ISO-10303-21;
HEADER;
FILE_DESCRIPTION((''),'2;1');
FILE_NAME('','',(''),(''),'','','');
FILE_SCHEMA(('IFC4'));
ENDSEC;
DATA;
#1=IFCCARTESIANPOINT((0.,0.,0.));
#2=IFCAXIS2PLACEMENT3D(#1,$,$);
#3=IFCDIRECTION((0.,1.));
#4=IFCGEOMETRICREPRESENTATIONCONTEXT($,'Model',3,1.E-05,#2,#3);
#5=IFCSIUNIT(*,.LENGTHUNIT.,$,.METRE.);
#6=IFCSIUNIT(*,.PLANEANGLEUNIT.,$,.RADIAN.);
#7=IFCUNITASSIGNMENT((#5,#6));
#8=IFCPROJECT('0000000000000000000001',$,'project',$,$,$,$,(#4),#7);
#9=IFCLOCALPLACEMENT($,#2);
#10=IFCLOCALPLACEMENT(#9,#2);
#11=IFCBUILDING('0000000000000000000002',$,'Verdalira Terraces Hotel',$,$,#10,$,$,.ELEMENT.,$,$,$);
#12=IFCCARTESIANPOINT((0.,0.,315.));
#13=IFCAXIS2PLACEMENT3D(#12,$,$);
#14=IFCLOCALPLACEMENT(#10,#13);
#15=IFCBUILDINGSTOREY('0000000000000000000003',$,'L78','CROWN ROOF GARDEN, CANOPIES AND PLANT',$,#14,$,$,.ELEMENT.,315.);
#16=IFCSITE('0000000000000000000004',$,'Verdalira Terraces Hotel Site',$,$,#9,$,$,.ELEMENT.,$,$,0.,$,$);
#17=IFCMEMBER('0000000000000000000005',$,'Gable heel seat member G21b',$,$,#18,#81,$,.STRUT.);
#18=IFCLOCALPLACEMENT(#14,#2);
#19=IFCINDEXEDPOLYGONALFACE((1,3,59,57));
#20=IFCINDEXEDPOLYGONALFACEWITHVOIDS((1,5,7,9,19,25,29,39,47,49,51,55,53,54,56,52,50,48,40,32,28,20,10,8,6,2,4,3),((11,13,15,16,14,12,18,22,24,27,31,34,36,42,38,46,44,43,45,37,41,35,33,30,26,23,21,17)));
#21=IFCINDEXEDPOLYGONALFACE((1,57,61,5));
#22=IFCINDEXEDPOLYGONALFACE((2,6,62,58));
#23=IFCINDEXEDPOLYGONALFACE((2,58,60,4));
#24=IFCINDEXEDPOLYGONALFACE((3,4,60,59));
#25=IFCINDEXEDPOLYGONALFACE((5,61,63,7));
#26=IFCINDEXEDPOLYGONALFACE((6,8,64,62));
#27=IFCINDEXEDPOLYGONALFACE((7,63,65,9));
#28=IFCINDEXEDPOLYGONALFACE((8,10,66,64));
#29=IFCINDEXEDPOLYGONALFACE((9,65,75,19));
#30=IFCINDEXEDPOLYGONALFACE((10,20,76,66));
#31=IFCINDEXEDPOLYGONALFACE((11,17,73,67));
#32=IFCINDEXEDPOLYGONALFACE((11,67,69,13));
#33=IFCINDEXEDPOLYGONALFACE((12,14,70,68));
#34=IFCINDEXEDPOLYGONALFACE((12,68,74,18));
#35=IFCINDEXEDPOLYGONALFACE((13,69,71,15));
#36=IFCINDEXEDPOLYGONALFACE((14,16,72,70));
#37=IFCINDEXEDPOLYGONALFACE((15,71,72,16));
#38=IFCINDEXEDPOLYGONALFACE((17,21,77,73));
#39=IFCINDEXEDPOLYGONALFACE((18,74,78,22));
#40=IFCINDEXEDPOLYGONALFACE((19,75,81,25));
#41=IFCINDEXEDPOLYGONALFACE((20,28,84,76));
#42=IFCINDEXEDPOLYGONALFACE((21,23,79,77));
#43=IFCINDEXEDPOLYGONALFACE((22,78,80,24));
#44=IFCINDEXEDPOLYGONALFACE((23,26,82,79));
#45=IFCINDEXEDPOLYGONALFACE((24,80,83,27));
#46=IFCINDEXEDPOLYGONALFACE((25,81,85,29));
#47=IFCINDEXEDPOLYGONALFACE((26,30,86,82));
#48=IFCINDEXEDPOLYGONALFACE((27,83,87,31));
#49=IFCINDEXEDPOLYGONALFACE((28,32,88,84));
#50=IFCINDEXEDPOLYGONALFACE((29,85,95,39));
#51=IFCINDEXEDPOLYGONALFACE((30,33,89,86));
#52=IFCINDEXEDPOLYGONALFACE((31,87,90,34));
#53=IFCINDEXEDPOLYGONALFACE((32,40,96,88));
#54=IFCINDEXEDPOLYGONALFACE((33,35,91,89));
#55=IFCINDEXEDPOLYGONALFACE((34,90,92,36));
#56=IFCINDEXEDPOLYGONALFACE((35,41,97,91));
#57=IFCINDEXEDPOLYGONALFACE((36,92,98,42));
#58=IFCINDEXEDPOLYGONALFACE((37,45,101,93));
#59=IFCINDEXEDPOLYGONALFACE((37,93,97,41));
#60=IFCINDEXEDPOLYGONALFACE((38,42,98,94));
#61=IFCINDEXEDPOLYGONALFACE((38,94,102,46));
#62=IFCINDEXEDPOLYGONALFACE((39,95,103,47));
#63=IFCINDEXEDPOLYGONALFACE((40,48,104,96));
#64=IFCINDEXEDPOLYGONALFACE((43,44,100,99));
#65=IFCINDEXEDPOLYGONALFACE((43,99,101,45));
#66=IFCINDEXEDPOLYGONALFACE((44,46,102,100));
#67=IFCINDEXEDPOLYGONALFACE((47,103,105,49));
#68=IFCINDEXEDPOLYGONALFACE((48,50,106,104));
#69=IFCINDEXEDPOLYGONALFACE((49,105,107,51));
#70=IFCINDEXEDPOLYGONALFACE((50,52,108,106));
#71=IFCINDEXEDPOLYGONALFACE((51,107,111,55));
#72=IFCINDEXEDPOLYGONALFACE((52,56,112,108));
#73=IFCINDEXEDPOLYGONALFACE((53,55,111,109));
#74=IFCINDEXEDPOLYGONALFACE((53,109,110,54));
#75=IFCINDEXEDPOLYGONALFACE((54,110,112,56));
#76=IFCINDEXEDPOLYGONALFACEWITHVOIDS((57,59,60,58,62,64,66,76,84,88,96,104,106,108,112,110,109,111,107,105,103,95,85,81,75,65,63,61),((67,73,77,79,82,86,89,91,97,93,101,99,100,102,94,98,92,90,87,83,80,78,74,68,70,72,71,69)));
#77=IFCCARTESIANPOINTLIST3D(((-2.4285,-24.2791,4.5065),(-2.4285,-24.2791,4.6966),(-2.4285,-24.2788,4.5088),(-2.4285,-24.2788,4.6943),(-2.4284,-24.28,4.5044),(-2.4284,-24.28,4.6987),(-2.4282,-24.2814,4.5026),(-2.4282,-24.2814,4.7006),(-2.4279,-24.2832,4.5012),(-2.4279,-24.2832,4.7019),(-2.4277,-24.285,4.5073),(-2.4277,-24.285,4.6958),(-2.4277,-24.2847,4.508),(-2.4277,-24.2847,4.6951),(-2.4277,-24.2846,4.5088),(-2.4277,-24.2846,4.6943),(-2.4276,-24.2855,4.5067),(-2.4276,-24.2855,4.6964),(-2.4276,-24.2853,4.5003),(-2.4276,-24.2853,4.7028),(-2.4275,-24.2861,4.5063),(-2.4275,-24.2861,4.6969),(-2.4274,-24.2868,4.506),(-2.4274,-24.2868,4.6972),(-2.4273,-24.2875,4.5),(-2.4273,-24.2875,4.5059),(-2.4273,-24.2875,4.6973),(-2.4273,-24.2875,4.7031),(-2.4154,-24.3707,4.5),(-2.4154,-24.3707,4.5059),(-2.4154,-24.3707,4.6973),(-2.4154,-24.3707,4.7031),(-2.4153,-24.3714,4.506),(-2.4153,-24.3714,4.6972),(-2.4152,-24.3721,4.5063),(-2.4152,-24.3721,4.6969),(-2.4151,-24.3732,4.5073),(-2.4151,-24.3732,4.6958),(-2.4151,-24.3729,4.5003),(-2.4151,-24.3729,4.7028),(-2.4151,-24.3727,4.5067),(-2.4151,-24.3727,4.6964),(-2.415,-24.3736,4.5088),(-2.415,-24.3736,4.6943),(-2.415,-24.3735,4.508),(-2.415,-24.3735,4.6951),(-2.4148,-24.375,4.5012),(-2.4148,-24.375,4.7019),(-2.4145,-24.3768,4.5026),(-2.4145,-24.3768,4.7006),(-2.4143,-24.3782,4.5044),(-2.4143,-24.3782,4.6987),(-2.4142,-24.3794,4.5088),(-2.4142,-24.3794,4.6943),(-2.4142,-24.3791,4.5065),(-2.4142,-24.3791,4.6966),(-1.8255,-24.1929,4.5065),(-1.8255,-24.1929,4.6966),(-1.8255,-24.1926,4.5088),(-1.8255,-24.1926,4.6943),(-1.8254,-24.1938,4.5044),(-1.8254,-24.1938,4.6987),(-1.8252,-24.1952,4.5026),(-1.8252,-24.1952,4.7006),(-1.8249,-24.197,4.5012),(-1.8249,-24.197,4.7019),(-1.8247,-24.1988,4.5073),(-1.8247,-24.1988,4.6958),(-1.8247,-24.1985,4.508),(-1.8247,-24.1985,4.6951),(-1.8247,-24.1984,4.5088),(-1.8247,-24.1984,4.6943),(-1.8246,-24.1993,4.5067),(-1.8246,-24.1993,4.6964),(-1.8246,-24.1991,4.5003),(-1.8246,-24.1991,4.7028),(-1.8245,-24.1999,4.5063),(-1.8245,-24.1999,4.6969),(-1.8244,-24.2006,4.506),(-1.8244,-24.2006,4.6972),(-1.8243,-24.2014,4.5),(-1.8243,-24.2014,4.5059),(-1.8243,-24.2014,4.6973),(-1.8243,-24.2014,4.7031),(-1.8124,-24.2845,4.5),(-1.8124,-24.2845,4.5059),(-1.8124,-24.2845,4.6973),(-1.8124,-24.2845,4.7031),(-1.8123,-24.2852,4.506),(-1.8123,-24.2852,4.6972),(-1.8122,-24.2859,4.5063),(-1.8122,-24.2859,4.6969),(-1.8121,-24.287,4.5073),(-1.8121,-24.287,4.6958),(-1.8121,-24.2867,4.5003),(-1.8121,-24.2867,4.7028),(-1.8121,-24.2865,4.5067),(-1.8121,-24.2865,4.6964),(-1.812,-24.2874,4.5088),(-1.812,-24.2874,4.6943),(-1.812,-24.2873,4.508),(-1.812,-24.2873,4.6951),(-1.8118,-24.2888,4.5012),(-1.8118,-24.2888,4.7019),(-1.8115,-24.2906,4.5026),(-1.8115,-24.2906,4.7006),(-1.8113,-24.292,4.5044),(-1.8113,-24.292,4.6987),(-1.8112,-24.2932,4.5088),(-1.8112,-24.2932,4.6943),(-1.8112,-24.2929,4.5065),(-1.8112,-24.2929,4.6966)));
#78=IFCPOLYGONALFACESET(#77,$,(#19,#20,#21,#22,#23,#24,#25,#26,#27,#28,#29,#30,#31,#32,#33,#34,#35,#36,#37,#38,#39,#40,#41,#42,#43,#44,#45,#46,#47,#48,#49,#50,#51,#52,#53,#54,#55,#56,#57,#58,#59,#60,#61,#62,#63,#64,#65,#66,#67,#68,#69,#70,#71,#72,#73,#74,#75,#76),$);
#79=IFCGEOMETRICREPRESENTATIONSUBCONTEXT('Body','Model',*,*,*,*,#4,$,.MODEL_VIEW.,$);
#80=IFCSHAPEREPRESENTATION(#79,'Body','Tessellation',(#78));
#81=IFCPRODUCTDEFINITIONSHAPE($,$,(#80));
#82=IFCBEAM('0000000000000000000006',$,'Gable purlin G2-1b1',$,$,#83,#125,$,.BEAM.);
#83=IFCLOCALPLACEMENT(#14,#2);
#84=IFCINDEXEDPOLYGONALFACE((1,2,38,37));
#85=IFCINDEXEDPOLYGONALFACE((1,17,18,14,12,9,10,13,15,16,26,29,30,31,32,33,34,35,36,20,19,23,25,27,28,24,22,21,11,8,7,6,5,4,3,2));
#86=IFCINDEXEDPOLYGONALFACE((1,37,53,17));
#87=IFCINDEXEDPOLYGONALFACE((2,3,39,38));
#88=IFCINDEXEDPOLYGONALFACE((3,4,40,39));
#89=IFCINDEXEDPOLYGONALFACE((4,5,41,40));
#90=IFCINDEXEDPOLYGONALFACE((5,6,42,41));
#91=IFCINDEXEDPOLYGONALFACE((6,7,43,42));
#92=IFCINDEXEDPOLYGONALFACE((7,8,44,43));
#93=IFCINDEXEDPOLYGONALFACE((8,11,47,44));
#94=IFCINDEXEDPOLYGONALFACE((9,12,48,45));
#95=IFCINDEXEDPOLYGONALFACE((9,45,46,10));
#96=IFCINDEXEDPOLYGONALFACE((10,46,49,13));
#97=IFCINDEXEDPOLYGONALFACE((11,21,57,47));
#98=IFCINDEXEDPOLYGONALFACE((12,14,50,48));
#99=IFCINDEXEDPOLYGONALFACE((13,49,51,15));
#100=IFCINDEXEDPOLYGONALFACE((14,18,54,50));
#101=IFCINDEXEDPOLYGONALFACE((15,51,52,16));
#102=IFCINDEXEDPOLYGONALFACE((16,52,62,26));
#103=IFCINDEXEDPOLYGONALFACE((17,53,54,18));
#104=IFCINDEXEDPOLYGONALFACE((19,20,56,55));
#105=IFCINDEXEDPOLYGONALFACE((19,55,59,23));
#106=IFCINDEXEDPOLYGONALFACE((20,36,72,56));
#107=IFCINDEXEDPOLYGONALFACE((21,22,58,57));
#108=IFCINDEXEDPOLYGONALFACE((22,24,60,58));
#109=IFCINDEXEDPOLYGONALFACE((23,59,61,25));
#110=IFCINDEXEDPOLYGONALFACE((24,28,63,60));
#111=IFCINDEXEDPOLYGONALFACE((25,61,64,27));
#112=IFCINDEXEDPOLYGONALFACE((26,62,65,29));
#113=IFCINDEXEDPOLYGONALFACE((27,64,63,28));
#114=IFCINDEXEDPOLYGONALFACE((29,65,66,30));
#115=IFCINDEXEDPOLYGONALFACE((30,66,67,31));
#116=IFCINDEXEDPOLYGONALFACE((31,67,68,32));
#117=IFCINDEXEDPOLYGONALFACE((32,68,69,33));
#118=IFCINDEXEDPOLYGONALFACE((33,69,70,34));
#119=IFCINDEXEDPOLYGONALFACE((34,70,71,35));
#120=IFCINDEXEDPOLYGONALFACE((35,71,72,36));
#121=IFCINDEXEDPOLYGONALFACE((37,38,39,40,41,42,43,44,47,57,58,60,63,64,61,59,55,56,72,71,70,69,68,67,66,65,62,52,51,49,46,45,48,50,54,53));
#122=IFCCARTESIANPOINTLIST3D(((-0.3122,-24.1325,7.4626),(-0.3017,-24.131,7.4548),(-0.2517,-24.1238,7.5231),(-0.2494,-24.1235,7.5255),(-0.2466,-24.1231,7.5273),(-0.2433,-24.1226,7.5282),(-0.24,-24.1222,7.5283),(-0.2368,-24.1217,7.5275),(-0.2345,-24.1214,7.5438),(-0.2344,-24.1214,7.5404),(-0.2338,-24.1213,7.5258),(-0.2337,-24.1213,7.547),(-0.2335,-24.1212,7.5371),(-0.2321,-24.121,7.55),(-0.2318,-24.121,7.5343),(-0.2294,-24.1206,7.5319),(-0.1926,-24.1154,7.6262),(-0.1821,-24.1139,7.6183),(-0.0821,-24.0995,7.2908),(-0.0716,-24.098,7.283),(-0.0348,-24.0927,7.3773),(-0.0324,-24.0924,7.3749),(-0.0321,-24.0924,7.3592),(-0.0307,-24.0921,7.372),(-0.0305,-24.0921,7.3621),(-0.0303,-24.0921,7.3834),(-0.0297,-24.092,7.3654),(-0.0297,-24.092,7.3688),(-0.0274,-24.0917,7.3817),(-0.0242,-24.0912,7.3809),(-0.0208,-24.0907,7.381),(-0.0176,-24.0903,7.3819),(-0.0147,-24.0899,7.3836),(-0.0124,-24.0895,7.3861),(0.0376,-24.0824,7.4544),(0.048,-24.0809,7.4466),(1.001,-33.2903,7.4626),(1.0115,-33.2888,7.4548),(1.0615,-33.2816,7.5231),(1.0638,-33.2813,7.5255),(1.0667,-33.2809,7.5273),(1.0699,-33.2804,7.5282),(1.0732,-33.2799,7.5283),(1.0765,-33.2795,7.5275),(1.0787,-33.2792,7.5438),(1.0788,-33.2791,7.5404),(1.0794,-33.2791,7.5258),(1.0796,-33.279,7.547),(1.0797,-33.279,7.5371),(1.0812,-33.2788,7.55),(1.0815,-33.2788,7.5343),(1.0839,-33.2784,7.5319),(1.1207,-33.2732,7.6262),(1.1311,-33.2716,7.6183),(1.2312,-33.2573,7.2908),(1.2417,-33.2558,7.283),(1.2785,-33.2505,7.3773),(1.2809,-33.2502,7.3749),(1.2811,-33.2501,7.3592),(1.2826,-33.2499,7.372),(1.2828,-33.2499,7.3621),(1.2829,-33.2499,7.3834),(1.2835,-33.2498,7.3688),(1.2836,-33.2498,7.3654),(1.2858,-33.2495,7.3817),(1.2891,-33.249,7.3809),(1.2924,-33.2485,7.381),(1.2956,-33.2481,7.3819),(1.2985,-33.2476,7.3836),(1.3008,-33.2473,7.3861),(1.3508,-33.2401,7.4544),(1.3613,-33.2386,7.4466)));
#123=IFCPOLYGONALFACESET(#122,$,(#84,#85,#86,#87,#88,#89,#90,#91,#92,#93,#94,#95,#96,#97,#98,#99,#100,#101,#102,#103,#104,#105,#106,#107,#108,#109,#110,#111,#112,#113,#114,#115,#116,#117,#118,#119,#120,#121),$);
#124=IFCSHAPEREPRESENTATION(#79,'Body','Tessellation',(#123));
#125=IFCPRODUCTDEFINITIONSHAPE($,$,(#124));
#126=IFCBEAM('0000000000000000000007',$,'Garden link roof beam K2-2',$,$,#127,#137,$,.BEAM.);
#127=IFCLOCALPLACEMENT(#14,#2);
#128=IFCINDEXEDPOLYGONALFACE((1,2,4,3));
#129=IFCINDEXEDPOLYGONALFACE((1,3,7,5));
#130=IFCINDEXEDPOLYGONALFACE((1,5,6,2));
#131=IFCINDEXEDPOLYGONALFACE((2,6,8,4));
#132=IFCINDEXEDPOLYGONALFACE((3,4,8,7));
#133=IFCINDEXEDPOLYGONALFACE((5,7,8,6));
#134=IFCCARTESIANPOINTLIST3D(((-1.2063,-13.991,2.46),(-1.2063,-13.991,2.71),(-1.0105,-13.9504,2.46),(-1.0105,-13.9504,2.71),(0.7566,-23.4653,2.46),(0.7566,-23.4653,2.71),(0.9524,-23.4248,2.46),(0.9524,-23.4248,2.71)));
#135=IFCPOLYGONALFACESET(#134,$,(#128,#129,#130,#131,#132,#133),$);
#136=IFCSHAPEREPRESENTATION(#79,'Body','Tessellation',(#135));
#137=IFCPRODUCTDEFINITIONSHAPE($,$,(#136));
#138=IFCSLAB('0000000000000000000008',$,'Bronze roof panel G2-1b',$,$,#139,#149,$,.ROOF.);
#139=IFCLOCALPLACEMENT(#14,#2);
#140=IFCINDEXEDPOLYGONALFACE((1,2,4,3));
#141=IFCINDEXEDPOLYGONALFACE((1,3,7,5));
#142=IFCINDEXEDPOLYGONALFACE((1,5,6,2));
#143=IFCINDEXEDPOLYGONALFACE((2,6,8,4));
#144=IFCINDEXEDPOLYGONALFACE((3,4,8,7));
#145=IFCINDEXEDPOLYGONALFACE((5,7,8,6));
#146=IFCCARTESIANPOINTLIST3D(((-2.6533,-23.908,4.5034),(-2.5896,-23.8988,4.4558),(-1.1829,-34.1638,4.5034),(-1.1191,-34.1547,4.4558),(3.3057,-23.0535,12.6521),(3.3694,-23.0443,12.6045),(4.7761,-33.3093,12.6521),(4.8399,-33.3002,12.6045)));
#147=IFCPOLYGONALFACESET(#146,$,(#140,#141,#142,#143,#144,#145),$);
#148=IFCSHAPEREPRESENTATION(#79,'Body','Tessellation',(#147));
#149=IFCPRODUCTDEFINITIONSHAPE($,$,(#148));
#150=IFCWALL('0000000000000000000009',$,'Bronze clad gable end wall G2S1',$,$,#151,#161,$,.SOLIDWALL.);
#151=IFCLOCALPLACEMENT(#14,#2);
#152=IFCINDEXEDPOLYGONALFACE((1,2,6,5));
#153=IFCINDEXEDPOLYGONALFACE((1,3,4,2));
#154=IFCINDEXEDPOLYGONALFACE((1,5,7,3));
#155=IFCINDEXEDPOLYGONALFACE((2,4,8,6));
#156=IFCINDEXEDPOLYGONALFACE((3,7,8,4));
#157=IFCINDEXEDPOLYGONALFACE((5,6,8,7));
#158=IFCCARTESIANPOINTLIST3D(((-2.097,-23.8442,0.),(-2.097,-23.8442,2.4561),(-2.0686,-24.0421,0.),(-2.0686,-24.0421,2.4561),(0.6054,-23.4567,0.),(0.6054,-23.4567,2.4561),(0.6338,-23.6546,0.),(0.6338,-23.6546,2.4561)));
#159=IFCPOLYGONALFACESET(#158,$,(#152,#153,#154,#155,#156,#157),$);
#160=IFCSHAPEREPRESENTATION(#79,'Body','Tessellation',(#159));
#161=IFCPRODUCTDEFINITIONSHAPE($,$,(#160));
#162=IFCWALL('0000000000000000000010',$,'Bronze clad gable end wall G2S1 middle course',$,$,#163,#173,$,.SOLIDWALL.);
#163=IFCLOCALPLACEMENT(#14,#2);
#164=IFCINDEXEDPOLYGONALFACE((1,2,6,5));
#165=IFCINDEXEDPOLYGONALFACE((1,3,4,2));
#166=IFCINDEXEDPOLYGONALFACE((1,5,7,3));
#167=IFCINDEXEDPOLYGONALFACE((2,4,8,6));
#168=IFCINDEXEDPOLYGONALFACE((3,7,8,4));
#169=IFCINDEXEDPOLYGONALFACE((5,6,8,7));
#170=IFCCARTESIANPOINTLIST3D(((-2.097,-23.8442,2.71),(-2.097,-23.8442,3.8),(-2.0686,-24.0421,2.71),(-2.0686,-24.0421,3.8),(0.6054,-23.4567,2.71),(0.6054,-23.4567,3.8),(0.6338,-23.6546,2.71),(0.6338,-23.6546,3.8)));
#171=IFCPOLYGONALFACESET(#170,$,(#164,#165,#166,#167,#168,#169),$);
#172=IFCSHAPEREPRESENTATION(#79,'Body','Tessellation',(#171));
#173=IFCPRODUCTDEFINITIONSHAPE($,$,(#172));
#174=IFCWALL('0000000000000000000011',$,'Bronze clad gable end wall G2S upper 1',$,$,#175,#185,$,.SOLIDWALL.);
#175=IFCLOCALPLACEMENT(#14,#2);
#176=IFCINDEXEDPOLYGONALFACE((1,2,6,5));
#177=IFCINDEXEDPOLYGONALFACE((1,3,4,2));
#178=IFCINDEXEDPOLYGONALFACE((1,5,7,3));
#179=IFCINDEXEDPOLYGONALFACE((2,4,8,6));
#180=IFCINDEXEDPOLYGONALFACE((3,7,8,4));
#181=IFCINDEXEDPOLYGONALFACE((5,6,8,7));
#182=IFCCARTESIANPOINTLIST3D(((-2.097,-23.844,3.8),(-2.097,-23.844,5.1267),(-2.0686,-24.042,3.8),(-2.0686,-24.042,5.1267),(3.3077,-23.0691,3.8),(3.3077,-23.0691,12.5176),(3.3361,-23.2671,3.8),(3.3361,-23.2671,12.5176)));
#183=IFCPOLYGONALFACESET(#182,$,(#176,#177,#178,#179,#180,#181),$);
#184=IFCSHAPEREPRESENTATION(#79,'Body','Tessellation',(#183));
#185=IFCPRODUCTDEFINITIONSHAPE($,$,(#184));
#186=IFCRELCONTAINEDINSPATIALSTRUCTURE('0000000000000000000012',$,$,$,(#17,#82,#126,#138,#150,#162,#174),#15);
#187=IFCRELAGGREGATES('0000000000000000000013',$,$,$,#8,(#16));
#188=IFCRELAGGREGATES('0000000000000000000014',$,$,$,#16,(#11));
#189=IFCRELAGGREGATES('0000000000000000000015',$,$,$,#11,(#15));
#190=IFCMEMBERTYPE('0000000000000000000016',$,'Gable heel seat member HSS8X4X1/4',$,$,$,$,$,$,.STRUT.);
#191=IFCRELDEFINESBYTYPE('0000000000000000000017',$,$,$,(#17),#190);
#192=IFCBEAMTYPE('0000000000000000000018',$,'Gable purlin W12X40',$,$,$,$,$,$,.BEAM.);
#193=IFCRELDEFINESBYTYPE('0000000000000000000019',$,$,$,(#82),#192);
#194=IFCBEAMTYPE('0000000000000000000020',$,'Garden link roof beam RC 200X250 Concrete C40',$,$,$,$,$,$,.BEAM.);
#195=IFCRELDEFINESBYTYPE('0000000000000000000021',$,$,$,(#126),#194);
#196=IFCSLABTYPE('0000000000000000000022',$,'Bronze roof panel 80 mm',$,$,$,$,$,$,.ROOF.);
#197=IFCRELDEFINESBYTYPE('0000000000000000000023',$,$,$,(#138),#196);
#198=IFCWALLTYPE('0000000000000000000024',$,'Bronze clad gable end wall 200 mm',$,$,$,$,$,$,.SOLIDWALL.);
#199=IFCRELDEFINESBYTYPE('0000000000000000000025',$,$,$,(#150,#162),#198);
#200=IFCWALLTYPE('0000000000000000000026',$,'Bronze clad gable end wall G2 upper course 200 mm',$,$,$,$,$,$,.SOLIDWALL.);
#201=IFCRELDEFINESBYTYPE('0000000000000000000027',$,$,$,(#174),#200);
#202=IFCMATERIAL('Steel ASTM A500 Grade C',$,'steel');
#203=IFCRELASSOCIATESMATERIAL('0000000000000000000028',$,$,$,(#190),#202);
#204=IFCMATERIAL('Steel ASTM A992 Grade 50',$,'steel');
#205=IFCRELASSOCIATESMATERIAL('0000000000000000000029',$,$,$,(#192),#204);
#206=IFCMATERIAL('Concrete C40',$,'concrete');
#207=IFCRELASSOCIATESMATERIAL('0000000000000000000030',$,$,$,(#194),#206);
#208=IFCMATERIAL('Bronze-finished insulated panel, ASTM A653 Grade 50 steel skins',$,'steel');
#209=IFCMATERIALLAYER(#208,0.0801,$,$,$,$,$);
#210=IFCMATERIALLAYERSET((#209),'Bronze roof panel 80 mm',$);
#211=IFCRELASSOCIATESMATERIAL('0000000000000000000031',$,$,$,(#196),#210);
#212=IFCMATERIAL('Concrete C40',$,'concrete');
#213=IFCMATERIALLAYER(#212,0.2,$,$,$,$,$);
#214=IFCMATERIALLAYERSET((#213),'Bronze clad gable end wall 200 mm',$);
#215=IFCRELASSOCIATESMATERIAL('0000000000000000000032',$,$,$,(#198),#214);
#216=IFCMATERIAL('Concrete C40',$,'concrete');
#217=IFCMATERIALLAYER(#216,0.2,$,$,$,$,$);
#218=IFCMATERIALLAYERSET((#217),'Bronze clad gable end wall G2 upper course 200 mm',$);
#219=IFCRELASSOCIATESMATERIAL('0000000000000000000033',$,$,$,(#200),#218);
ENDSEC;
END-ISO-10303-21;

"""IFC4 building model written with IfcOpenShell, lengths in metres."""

from ifc_helpers import new_model, si_unit, direction, frame, frame_2d, origin, origin_2d, place, context, subcontext, project, spatial, polyline, rectangle, hollow_rectangle, i_section, outline, extrude, material, layer, layer_set, material_profile, profile_set, type_object, element, save


model = new_model("IFC4")

# Units and contexts
model_context = context("Model", 3, precision=1e-05, world=origin(), true_north=direction((0.0, 1.0)))
body_context = subcontext(model_context, "Body", "Model", "MODEL_VIEW")
ifc_project = project(units=[si_unit("LENGTHUNIT", "METRE"), si_unit("PLANEANGLEUNIT", "RADIAN")], contexts=[model_context])

# Site, building, storey
site_placement = place(None, origin())
site = spatial("IfcSite", under=ifc_project, at=site_placement, Name="Verdalira Terraces Hotel Site", CompositionType="ELEMENT", RefElevation=0.0)
building_placement = place(site_placement, origin())
building = spatial("IfcBuilding", under=site, at=building_placement, Name="Verdalira Terraces Hotel", CompositionType="ELEMENT")
storey_placement = place(building_placement, frame((0.0, 0.0, 315.0)))
storey = spatial("IfcBuildingStorey", under=building, at=storey_placement, Name="L78", Description="CROWN ROOF GARDEN, CANOPIES AND PLANT", CompositionType="ELEMENT", Elevation=315.0)

# Member
ifc_material_1 = material(Name="Steel ASTM A500 Grade C", Category="steel")
ifc_material_profile_1 = material_profile(ifc_material_1, hollow_rectangle(XDim=0.1016, YDim=0.2031, WallThickness=0.0059, InnerFilletRadius=0.0029, OuterFilletRadius=0.0088, at=origin_2d()), Name="HSS8X4X1/4")
ifc_profile_set_1 = profile_set([ifc_material_profile_1], Name="Steel ASTM A500 Grade C")
member_type = type_object("IfcMemberType", Name="Gable heel seat member HSS8X4X1/4", PredefinedType="STRUT", material=ifc_profile_set_1)
member_placement = place(storey_placement, frame((-1.8184, -24.2429, 4.6016), z_axis=(-0.989941, -0.141477, 0.0), x_axis=(0.141477, -0.989941, 0.0)))
element("IfcMember", 1, at=member_placement, inside=storey, type_object=member_type, Name="Gable heel seat member G21b", PredefinedType="STRUT", context=body_context, shape_type="SweptSolid", body=[
    extrude(hollow_rectangle(XDim=0.1016, YDim=0.2031, WallThickness=0.0059, InnerFilletRadius=0.0029, OuterFilletRadius=0.0088, at=origin_2d()), origin(), (0.0, 0.0, 1.0), 0.6091),
])

# Beams
ifc_material_2 = material(Name="Steel ASTM A992 Grade 50", Category="steel")
ifc_material_profile_2 = material_profile(ifc_material_2, i_section(OverallWidth=0.2034, OverallDepth=0.3022, WebThickness=0.0076, FlangeThickness=0.0132, FilletRadius=0.0129, at=origin_2d()), Name="W12X40")
ifc_profile_set_2 = profile_set([ifc_material_profile_2], Name="Steel ASTM A992 Grade 50")
beam_type_1 = type_object("IfcBeamType", Name="Gable purlin W12X40", PredefinedType="BEAM", material=ifc_profile_set_2)
beam_1_placement = place(storey_placement, frame((-0.1321, -24.1067, 7.4546), z_axis=(0.14195, -0.989874, 0.0), x_axis=(0.58818, 0.084346, 0.80432)))
element("IfcBeam", 2, at=beam_1_placement, inside=storey, type_object=beam_type_1, Name="Gable purlin G2-1b1", PredefinedType="BEAM", context=body_context, shape_type="SweptSolid", body=[
    extrude(i_section(OverallWidth=0.2034, OverallDepth=0.3022, WebThickness=0.0076, FlangeThickness=0.0132, FilletRadius=0.0129, at=origin_2d()), origin(), (0.0, 0.0, 1.0), 9.2515),
])
ifc_material_3 = material(Name="Concrete C40", Category="concrete")
ifc_material_profile_3 = material_profile(ifc_material_3, rectangle(XDim=0.2, YDim=0.25, at=origin_2d()), Name="RC 200X250")
ifc_profile_set_3 = profile_set([ifc_material_profile_3], Name="Concrete C40")
beam_type_2 = type_object("IfcBeamType", Name="Garden link roof beam RC 200X250 Concrete C40", PredefinedType="BEAM", material=ifc_profile_set_3)
beam_2_placement = place(storey_placement, frame((-1.1084, -13.9707, 2.585), z_axis=(0.202871, -0.979205, 0.0), x_axis=(0.979205, 0.202871, 0.0)))
element("IfcBeam", 3, at=beam_2_placement, inside=storey, type_object=beam_type_2, Name="Garden link roof beam K2-2", PredefinedType="BEAM", context=body_context, shape_type="SweptSolid", body=[
    extrude(rectangle(XDim=0.2, YDim=0.25, at=origin_2d()), origin(), (0.0, 0.0, 1.0), 9.6755),
])

# Slab
ifc_material_4 = material(Name="Bronze-finished insulated panel, ASTM A653 Grade 50 steel skins", Category="steel")
ifc_layer_1 = layer(ifc_material_4, 0.0801)
ifc_layer_set_1 = layer_set([ifc_layer_1], Name="Bronze roof panel 80 mm")
slab_type = type_object("IfcSlabType", Name="Bronze roof panel 80 mm", PredefinedType="ROOF", material=ifc_layer_set_1)
slab_placement = place(storey_placement, frame((-2.6533, -23.908, 4.5034), z_axis=(-0.796176, -0.114154, 0.594199), x_axis=(0.141926, -0.989877, 0.0)))
element("IfcSlab", 4, at=slab_placement, inside=storey, type_object=slab_type, Name="Bronze roof panel G2-1b", PredefinedType="ROOF", context=body_context, shape_type="SweptSolid", body=[
    extrude(outline(polyline([(0.0, 0.0), (10.3607, 0.0), (10.3606, 10.1312), (-0.0001, 10.1312), (0.0, 0.0)])), origin(), (0.0, 0.0, -1.0), 0.0801),
])

# Walls
ifc_material_5 = material(Name="Concrete C40", Category="concrete")
ifc_layer_2 = layer(ifc_material_5, 0.2)
ifc_layer_set_2 = layer_set([ifc_layer_2], Name="Bronze clad gable end wall 200 mm")
wall_type_1 = type_object("IfcWallType", Name="Bronze clad gable end wall 200 mm", PredefinedType="SOLIDWALL", material=ifc_layer_set_2)
wall_1_placement = place(storey_placement, frame((-2.0828, -23.9431, 0.0), z_axis=(0.0, 0.0, 1.0), x_axis=(0.989878, 0.141922, 0.0)))
element("IfcWall", 5, at=wall_1_placement, inside=storey, type_object=wall_type_1, Name="Bronze clad gable end wall G2S1", PredefinedType="SOLIDWALL", context=body_context, shape_type="SweptSolid", body=[
    extrude(rectangle(XDim=2.73, YDim=0.2, at=frame_2d((1.365, 0.0))), origin(), (0.0, 0.0, 1.0), 2.4561),
])
wall_2_placement = place(storey_placement, frame((-2.0828, -23.9431, 2.71), z_axis=(0.0, 0.0, 1.0), x_axis=(0.989878, 0.141922, 0.0)))
element("IfcWall", 6, at=wall_2_placement, inside=storey, type_object=wall_type_1, Name="Bronze clad gable end wall G2S1 middle course", PredefinedType="SOLIDWALL", context=body_context, shape_type="SweptSolid", body=[
    extrude(rectangle(XDim=2.73, YDim=0.2, at=frame_2d((1.365, 0.0))), origin(), (0.0, 0.0, 1.0), 1.0901),
])
ifc_material_6 = material(Name="Concrete C40", Category="concrete")
ifc_layer_3 = layer(ifc_material_6, 0.2)
ifc_layer_set_3 = layer_set([ifc_layer_3], Name="Bronze clad gable end wall G2 upper course 200 mm")
wall_type_2 = type_object("IfcWallType", Name="Bronze clad gable end wall G2 upper course 200 mm", PredefinedType="SOLIDWALL", material=ifc_layer_set_3)
wall_3_placement = place(storey_placement, frame((-2.0828, -23.9431, 3.8), z_axis=(0.0, 0.0, 1.0), x_axis=(0.989878, 0.141922, 0.0)))
element("IfcWall", 7, at=wall_3_placement, inside=storey, type_object=wall_type_2, Name="Bronze clad gable end wall G2S upper 1", PredefinedType="SOLIDWALL", context=body_context, shape_type="SweptSolid", body=[
    extrude(outline(polyline([(0.0, 0.0), (5.46, 0.0), (5.46, 8.7175), (0.0, 1.3267), (0.0, 0.0)])), frame((0.0, 0.1001, 0.0), z_axis=(0.0, -1.0, 0.0), x_axis=(1.0, 0.0, 0.0)), (0.0, 0.0, 1.0), 0.2),
])

save(model, "model.ifc")
